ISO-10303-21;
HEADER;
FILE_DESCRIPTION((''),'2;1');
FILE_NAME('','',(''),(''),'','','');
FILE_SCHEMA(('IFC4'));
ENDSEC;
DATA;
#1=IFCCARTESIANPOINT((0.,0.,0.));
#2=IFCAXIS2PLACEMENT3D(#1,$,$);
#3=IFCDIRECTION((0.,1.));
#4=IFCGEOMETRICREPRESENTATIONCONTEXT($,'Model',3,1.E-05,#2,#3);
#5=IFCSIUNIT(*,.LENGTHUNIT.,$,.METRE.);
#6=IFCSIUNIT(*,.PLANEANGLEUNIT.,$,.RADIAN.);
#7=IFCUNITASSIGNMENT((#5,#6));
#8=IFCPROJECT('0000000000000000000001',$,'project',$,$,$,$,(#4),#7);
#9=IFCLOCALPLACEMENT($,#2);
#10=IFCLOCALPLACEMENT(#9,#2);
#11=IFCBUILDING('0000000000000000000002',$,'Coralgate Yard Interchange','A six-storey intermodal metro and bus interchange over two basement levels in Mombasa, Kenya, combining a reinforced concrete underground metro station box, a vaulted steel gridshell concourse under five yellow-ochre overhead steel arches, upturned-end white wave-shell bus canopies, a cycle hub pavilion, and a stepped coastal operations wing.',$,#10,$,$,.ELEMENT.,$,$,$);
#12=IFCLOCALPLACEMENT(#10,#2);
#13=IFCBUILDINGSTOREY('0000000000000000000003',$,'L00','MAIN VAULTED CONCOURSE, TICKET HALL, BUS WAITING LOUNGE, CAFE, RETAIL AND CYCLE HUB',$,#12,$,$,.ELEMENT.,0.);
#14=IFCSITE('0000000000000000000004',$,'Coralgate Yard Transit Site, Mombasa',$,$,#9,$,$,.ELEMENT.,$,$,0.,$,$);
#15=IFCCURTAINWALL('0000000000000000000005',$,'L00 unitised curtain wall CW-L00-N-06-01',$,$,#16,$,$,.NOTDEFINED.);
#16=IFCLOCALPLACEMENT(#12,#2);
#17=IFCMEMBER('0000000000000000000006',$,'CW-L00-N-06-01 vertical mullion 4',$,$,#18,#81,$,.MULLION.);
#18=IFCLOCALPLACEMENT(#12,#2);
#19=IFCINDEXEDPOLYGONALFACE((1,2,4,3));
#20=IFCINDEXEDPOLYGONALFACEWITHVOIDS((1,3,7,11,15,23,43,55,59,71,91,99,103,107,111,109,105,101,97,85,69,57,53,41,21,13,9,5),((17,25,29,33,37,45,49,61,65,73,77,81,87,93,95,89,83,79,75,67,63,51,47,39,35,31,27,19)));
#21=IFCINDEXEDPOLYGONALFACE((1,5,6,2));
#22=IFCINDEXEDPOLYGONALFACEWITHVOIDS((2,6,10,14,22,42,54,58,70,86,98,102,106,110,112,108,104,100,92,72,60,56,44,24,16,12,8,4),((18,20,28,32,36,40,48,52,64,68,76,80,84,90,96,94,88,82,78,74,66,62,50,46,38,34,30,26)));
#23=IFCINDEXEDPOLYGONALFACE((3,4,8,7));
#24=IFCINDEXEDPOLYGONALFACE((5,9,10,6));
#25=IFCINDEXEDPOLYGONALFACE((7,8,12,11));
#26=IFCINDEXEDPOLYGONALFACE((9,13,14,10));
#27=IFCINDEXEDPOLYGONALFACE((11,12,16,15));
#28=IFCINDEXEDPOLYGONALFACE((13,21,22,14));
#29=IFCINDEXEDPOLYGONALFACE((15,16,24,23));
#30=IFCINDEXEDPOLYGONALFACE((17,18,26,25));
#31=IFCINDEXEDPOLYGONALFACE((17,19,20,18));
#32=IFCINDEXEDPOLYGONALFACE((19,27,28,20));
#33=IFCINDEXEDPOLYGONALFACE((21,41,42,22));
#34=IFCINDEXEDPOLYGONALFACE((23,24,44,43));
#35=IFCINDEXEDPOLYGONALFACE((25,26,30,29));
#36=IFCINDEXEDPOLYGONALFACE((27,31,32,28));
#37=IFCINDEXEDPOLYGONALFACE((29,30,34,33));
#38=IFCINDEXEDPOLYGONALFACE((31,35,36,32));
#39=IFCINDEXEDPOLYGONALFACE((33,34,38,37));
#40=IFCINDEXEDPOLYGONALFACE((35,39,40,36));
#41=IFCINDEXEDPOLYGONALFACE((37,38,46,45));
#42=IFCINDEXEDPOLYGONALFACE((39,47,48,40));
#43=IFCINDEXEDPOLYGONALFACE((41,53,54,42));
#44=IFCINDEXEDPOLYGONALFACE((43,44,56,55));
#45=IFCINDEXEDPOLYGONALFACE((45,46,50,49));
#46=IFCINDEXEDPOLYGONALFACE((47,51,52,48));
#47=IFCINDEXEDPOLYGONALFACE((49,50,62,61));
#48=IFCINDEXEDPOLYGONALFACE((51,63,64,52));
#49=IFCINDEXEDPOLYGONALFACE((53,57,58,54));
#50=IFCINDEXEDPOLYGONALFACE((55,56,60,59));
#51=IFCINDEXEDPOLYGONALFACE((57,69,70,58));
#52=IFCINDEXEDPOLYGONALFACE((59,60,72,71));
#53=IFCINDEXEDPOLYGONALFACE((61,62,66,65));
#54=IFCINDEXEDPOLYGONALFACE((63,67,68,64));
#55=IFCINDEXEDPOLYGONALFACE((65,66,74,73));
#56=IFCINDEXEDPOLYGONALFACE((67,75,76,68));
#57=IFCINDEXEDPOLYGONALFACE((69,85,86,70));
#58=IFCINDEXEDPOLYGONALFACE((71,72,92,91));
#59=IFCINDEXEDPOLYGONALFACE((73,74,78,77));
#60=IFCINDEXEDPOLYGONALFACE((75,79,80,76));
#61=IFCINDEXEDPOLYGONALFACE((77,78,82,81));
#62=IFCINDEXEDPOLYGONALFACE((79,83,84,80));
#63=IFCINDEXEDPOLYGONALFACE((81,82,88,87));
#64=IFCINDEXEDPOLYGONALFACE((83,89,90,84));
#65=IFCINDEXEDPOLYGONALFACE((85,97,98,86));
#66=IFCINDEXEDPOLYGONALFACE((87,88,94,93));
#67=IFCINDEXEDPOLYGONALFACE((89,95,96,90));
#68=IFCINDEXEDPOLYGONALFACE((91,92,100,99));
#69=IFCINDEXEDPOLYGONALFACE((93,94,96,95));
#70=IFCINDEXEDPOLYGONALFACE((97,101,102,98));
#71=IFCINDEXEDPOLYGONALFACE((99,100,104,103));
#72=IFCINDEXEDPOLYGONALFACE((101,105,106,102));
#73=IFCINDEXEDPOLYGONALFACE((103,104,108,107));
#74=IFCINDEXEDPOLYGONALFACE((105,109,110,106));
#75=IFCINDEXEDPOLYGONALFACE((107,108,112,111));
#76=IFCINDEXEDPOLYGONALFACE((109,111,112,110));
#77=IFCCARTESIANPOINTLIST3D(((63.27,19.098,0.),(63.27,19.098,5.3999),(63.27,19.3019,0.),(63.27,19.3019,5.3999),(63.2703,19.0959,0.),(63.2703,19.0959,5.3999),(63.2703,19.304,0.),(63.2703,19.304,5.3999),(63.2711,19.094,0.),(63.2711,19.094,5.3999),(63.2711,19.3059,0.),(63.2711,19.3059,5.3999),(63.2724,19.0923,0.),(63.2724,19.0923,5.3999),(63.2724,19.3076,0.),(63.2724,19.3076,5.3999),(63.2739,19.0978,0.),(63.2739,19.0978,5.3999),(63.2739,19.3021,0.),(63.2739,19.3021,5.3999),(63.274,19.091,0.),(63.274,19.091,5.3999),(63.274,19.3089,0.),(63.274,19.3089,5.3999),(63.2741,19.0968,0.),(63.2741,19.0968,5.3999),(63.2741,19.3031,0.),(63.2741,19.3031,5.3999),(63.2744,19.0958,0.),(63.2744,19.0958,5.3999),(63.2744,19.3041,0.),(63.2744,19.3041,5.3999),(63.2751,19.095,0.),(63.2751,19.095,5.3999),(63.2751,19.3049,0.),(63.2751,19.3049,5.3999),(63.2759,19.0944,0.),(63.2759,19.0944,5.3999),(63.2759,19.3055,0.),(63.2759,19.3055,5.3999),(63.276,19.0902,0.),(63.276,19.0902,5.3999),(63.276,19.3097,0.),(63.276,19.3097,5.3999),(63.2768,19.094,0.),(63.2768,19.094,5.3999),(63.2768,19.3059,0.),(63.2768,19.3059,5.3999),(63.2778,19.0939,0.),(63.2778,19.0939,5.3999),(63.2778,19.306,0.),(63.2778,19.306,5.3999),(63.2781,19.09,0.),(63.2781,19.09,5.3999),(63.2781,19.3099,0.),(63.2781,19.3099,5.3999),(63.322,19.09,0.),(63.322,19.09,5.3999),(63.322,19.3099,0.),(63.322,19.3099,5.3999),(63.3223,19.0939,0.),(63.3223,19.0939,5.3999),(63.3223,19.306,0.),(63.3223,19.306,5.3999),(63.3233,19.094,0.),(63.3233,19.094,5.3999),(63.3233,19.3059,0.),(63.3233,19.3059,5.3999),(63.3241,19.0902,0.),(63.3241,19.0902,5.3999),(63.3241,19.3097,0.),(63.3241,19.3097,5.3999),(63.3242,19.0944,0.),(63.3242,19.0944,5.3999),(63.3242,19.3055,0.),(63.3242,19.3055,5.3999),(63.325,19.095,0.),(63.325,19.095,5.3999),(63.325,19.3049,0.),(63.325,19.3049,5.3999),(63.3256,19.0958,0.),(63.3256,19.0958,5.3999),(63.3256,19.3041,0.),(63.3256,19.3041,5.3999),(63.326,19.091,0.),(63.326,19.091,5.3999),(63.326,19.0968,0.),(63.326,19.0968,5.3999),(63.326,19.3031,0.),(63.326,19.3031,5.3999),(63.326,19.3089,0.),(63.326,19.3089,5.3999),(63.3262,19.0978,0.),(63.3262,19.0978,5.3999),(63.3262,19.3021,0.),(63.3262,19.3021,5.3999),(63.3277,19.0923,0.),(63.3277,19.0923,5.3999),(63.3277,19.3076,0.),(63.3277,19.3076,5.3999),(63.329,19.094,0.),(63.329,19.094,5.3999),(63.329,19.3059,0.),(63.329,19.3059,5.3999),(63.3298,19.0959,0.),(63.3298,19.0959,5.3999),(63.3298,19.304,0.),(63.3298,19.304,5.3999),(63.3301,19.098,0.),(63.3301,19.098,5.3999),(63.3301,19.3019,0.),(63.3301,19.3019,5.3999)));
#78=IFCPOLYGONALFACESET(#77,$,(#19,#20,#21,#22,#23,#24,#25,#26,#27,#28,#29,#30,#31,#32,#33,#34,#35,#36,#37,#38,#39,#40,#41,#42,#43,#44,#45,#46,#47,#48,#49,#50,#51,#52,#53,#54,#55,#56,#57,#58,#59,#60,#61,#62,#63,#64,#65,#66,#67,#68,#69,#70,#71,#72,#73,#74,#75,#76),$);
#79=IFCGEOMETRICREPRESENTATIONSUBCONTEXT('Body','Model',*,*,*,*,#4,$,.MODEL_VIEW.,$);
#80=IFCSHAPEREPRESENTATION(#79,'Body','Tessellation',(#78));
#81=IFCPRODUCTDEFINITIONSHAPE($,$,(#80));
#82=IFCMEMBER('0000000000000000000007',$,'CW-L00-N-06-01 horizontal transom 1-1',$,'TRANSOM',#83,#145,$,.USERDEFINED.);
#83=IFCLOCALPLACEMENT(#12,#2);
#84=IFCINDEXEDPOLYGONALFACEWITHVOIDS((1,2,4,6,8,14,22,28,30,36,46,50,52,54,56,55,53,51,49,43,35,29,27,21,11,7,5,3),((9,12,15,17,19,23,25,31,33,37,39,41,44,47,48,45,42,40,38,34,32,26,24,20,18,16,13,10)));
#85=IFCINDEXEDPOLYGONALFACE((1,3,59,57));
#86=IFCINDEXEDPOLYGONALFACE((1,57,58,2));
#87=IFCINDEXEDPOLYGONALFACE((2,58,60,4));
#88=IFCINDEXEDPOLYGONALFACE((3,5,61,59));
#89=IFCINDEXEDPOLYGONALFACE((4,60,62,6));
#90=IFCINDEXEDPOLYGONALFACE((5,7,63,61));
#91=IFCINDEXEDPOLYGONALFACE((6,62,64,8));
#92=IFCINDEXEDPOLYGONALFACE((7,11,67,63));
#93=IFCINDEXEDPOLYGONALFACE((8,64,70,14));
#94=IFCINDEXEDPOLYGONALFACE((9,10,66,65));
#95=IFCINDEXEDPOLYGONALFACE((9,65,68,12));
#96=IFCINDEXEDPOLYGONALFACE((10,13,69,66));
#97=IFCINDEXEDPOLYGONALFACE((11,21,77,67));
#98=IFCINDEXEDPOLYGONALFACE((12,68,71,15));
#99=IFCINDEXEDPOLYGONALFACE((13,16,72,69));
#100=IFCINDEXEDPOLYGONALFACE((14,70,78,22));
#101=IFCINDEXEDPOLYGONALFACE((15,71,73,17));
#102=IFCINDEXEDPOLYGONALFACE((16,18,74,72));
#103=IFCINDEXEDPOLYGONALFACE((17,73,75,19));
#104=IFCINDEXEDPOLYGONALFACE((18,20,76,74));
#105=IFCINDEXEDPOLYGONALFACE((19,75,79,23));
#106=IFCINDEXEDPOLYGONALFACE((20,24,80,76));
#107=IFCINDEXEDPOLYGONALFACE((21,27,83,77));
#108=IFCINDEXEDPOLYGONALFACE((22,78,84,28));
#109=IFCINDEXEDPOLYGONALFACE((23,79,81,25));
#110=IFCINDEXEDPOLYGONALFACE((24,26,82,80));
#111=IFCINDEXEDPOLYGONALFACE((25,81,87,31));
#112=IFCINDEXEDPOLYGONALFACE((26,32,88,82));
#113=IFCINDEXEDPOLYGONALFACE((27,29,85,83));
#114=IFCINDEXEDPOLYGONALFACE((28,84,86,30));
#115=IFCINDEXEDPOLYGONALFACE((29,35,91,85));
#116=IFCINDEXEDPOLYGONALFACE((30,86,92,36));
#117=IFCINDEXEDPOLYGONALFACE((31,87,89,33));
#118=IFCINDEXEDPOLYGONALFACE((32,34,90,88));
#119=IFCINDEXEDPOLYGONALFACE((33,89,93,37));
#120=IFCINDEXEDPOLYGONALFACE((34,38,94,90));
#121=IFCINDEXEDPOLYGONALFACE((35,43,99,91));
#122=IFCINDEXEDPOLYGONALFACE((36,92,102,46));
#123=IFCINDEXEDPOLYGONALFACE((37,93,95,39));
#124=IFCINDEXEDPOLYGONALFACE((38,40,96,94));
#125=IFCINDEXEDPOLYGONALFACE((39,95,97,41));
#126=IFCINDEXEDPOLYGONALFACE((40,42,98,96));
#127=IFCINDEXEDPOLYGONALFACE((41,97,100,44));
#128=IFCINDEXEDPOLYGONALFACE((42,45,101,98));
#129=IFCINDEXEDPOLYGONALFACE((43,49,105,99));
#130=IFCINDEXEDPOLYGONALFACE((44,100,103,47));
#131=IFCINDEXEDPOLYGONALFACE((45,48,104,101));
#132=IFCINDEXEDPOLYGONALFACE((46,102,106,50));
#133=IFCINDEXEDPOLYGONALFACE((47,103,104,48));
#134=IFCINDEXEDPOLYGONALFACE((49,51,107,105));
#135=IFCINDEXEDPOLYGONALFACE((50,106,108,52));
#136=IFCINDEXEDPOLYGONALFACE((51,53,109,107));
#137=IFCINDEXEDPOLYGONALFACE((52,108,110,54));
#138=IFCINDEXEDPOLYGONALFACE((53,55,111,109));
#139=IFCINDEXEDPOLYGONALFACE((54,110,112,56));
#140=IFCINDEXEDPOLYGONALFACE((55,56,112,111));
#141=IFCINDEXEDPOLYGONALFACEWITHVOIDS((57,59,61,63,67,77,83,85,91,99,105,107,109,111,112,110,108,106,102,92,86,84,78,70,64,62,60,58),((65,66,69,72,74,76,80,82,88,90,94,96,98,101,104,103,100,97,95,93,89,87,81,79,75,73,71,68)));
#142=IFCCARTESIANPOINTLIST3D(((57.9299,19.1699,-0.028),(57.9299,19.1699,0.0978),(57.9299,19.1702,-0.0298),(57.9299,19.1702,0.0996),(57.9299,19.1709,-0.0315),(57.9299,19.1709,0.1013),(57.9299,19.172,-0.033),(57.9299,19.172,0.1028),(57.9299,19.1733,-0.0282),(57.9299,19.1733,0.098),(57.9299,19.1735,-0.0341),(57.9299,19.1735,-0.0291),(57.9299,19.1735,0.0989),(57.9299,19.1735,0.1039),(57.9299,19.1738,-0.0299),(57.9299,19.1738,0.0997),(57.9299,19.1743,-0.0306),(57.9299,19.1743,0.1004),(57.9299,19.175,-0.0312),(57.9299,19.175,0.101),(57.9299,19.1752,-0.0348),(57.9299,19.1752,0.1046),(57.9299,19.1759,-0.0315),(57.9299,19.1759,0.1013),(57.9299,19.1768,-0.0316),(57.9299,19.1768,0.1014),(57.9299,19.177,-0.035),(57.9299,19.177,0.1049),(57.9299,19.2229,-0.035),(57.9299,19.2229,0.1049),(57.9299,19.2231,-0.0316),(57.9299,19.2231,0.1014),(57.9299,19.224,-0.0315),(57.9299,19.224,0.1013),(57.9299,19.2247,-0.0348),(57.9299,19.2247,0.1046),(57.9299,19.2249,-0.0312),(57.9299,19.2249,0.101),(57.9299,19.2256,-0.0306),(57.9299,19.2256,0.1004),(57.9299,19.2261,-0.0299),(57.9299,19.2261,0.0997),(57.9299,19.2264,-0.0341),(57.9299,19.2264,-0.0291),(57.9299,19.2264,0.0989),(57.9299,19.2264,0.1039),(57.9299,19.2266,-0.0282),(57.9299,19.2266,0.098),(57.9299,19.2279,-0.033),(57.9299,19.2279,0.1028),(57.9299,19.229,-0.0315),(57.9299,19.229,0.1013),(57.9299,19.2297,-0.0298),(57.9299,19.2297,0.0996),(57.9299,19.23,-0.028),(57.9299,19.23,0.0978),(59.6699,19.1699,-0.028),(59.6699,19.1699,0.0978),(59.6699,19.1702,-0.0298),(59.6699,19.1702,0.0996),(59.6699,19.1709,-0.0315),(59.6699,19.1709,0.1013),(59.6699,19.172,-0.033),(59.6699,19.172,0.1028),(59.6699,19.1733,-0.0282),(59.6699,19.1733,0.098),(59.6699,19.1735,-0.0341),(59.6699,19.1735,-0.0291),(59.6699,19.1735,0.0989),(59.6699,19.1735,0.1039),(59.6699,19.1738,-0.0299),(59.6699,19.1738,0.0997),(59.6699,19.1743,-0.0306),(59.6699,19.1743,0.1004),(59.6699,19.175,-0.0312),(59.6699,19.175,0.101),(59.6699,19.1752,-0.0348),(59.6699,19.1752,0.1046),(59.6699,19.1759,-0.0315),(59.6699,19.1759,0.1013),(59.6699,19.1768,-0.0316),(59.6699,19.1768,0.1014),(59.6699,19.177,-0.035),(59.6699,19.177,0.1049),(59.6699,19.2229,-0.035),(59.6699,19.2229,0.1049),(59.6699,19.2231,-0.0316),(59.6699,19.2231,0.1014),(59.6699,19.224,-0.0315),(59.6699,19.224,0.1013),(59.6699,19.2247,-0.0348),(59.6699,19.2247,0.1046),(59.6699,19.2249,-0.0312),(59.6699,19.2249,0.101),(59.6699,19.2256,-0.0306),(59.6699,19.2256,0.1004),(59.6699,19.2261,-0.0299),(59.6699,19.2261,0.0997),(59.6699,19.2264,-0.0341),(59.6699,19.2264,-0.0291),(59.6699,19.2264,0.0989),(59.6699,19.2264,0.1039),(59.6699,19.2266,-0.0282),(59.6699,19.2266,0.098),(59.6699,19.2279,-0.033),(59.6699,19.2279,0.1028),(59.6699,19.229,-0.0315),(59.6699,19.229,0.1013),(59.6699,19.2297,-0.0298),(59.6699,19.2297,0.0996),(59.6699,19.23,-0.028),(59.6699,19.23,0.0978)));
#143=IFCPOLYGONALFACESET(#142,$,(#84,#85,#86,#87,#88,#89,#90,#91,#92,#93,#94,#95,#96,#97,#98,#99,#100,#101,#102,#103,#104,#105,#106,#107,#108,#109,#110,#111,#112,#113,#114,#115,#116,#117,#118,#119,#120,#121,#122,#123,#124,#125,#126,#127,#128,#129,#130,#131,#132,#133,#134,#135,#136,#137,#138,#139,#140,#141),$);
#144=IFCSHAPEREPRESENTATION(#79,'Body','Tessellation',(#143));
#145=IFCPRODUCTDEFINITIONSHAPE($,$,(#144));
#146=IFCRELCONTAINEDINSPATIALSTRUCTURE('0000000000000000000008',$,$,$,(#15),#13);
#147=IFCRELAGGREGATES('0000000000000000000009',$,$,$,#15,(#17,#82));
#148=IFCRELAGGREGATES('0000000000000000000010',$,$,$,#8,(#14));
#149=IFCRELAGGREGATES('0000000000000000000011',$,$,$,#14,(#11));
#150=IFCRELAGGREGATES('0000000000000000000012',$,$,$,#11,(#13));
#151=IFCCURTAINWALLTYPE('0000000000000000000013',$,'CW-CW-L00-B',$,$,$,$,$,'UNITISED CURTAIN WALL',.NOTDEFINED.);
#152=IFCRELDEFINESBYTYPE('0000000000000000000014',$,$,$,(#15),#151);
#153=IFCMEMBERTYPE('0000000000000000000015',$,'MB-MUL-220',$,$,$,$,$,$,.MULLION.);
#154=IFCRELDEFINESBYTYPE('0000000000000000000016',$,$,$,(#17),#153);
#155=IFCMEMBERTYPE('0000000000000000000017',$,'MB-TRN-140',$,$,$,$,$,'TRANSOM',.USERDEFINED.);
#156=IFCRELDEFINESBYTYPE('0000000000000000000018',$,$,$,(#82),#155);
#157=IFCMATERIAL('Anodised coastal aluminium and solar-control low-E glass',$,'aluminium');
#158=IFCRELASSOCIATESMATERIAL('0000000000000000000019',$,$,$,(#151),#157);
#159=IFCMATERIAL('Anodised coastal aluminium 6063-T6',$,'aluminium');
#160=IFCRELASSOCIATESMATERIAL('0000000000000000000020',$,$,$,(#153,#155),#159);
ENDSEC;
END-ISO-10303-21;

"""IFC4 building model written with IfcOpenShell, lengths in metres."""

from ifc_helpers import new_model, si_unit, direction, frame, origin, origin_2d, place, context, subcontext, project, spatial, hollow_rectangle, extrude, material, material_profile, profile_set, type_object, element, aggregate, save


model = new_model("IFC4")

# Units and contexts
model_context = context("Model", 3, precision=1e-05, world=origin(), true_north=direction((0.0, 1.0)))
body_context = subcontext(model_context, "Body", "Model", "MODEL_VIEW")
ifc_project = project(units=[si_unit("LENGTHUNIT", "METRE"), si_unit("PLANEANGLEUNIT", "RADIAN")], contexts=[model_context])

# Site, building, storey
site_placement = place(None, origin())
site = spatial("IfcSite", under=ifc_project, at=site_placement, Name="Coralgate Yard Transit Site, Mombasa", CompositionType="ELEMENT", RefElevation=0.0)
building_placement = place(site_placement, origin())
building = spatial("IfcBuilding", under=site, at=building_placement, Name="Coralgate Yard Interchange", Description="A six-storey intermodal metro and bus interchange over two basement levels in Mombasa, Kenya, combining a reinforced concrete underground metro station box, a vaulted steel gridshell concourse under five yellow-ochre overhead steel arches, upturned-end white wave-shell bus canopies, a cycle hub pavilion, and a stepped coastal operations wing.", CompositionType="ELEMENT")
storey_placement = place(building_placement, origin())
storey = spatial("IfcBuildingStorey", under=building, at=storey_placement, Name="L00", Description="MAIN VAULTED CONCOURSE, TICKET HALL, BUS WAITING LOUNGE, CAFE, RETAIL AND CYCLE HUB", CompositionType="ELEMENT", Elevation=0.0)

# Curtain wall, members
ifc_material_1 = material(Name="Anodised coastal aluminium and solar-control low-E glass", Category="aluminium")
curtain_wall_type = type_object("IfcCurtainWallType", Name="CW-CW-L00-B", ElementType="UNITISED CURTAIN WALL", PredefinedType="NOTDEFINED", material=ifc_material_1)
curtain_wall_placement = place(storey_placement, origin())
curtain_wall = element("IfcCurtainWall", 1, at=curtain_wall_placement, inside=storey, type_object=curtain_wall_type, Name="L00 unitised curtain wall CW-L00-N-06-01", PredefinedType="NOTDEFINED")
ifc_material_2 = material(Name="Anodised coastal aluminium 6063-T6", Category="aluminium")
ifc_material_profile_1 = material_profile(ifc_material_2, hollow_rectangle(XDim=0.0601, YDim=0.22, WallThickness=0.0039, InnerFilletRadius=0.0039, OuterFilletRadius=0.0081, at=origin_2d()), Name="ALU 60x220x4")
ifc_profile_set_1 = profile_set([ifc_material_profile_1], Name="Anodised coastal aluminium 6063-T6")
member_type_1 = type_object("IfcMemberType", Name="MB-MUL-220", PredefinedType="MULLION", material=ifc_profile_set_1)
member_1_placement = place(storey_placement, frame((63.3, 19.2, 0.0), z_axis=(0.0, 0.0, 1.0), x_axis=(1.0, 0.0, 0.0)))
member_1 = element("IfcMember", 2, at=member_1_placement, type_object=member_type_1, Name="CW-L00-N-06-01 vertical mullion 4", PredefinedType="MULLION", context=body_context, shape_type="SweptSolid", body=[
    extrude(hollow_rectangle(XDim=0.0601, YDim=0.22, WallThickness=0.0039, InnerFilletRadius=0.0039, OuterFilletRadius=0.0081, at=origin_2d()), origin(), (0.0, 0.0, 1.0), 5.3999),
])
ifc_material_profile_2 = material_profile(ifc_material_2, hollow_rectangle(XDim=0.0601, YDim=0.1399, WallThickness=0.0034, InnerFilletRadius=0.0034, OuterFilletRadius=0.0071, at=origin_2d()), Name="ALU 60x140x3.5")
ifc_profile_set_2 = profile_set([ifc_material_profile_2], Name="Anodised coastal aluminium 6063-T6")
member_type_2 = type_object("IfcMemberType", Name="MB-TRN-140", ElementType="TRANSOM", PredefinedType="USERDEFINED", material=ifc_profile_set_2)
member_2_placement = place(storey_placement, frame((57.9299, 19.2, 0.0349), z_axis=(1.0, 0.0, 0.0), x_axis=(0.0, 1.0, 0.0)))
member_2 = element("IfcMember", 3, at=member_2_placement, type_object=member_type_2, Name="CW-L00-N-06-01 horizontal transom 1-1", ObjectType="TRANSOM", PredefinedType="USERDEFINED", context=body_context, shape_type="SweptSolid", body=[
    extrude(hollow_rectangle(XDim=0.0601, YDim=0.1399, WallThickness=0.0034, InnerFilletRadius=0.0034, OuterFilletRadius=0.0071, at=origin_2d()), origin(), (0.0, 0.0, 1.0), 1.74),
])
aggregate(curtain_wall, [member_1, member_2])

save(model, "model.ifc")
